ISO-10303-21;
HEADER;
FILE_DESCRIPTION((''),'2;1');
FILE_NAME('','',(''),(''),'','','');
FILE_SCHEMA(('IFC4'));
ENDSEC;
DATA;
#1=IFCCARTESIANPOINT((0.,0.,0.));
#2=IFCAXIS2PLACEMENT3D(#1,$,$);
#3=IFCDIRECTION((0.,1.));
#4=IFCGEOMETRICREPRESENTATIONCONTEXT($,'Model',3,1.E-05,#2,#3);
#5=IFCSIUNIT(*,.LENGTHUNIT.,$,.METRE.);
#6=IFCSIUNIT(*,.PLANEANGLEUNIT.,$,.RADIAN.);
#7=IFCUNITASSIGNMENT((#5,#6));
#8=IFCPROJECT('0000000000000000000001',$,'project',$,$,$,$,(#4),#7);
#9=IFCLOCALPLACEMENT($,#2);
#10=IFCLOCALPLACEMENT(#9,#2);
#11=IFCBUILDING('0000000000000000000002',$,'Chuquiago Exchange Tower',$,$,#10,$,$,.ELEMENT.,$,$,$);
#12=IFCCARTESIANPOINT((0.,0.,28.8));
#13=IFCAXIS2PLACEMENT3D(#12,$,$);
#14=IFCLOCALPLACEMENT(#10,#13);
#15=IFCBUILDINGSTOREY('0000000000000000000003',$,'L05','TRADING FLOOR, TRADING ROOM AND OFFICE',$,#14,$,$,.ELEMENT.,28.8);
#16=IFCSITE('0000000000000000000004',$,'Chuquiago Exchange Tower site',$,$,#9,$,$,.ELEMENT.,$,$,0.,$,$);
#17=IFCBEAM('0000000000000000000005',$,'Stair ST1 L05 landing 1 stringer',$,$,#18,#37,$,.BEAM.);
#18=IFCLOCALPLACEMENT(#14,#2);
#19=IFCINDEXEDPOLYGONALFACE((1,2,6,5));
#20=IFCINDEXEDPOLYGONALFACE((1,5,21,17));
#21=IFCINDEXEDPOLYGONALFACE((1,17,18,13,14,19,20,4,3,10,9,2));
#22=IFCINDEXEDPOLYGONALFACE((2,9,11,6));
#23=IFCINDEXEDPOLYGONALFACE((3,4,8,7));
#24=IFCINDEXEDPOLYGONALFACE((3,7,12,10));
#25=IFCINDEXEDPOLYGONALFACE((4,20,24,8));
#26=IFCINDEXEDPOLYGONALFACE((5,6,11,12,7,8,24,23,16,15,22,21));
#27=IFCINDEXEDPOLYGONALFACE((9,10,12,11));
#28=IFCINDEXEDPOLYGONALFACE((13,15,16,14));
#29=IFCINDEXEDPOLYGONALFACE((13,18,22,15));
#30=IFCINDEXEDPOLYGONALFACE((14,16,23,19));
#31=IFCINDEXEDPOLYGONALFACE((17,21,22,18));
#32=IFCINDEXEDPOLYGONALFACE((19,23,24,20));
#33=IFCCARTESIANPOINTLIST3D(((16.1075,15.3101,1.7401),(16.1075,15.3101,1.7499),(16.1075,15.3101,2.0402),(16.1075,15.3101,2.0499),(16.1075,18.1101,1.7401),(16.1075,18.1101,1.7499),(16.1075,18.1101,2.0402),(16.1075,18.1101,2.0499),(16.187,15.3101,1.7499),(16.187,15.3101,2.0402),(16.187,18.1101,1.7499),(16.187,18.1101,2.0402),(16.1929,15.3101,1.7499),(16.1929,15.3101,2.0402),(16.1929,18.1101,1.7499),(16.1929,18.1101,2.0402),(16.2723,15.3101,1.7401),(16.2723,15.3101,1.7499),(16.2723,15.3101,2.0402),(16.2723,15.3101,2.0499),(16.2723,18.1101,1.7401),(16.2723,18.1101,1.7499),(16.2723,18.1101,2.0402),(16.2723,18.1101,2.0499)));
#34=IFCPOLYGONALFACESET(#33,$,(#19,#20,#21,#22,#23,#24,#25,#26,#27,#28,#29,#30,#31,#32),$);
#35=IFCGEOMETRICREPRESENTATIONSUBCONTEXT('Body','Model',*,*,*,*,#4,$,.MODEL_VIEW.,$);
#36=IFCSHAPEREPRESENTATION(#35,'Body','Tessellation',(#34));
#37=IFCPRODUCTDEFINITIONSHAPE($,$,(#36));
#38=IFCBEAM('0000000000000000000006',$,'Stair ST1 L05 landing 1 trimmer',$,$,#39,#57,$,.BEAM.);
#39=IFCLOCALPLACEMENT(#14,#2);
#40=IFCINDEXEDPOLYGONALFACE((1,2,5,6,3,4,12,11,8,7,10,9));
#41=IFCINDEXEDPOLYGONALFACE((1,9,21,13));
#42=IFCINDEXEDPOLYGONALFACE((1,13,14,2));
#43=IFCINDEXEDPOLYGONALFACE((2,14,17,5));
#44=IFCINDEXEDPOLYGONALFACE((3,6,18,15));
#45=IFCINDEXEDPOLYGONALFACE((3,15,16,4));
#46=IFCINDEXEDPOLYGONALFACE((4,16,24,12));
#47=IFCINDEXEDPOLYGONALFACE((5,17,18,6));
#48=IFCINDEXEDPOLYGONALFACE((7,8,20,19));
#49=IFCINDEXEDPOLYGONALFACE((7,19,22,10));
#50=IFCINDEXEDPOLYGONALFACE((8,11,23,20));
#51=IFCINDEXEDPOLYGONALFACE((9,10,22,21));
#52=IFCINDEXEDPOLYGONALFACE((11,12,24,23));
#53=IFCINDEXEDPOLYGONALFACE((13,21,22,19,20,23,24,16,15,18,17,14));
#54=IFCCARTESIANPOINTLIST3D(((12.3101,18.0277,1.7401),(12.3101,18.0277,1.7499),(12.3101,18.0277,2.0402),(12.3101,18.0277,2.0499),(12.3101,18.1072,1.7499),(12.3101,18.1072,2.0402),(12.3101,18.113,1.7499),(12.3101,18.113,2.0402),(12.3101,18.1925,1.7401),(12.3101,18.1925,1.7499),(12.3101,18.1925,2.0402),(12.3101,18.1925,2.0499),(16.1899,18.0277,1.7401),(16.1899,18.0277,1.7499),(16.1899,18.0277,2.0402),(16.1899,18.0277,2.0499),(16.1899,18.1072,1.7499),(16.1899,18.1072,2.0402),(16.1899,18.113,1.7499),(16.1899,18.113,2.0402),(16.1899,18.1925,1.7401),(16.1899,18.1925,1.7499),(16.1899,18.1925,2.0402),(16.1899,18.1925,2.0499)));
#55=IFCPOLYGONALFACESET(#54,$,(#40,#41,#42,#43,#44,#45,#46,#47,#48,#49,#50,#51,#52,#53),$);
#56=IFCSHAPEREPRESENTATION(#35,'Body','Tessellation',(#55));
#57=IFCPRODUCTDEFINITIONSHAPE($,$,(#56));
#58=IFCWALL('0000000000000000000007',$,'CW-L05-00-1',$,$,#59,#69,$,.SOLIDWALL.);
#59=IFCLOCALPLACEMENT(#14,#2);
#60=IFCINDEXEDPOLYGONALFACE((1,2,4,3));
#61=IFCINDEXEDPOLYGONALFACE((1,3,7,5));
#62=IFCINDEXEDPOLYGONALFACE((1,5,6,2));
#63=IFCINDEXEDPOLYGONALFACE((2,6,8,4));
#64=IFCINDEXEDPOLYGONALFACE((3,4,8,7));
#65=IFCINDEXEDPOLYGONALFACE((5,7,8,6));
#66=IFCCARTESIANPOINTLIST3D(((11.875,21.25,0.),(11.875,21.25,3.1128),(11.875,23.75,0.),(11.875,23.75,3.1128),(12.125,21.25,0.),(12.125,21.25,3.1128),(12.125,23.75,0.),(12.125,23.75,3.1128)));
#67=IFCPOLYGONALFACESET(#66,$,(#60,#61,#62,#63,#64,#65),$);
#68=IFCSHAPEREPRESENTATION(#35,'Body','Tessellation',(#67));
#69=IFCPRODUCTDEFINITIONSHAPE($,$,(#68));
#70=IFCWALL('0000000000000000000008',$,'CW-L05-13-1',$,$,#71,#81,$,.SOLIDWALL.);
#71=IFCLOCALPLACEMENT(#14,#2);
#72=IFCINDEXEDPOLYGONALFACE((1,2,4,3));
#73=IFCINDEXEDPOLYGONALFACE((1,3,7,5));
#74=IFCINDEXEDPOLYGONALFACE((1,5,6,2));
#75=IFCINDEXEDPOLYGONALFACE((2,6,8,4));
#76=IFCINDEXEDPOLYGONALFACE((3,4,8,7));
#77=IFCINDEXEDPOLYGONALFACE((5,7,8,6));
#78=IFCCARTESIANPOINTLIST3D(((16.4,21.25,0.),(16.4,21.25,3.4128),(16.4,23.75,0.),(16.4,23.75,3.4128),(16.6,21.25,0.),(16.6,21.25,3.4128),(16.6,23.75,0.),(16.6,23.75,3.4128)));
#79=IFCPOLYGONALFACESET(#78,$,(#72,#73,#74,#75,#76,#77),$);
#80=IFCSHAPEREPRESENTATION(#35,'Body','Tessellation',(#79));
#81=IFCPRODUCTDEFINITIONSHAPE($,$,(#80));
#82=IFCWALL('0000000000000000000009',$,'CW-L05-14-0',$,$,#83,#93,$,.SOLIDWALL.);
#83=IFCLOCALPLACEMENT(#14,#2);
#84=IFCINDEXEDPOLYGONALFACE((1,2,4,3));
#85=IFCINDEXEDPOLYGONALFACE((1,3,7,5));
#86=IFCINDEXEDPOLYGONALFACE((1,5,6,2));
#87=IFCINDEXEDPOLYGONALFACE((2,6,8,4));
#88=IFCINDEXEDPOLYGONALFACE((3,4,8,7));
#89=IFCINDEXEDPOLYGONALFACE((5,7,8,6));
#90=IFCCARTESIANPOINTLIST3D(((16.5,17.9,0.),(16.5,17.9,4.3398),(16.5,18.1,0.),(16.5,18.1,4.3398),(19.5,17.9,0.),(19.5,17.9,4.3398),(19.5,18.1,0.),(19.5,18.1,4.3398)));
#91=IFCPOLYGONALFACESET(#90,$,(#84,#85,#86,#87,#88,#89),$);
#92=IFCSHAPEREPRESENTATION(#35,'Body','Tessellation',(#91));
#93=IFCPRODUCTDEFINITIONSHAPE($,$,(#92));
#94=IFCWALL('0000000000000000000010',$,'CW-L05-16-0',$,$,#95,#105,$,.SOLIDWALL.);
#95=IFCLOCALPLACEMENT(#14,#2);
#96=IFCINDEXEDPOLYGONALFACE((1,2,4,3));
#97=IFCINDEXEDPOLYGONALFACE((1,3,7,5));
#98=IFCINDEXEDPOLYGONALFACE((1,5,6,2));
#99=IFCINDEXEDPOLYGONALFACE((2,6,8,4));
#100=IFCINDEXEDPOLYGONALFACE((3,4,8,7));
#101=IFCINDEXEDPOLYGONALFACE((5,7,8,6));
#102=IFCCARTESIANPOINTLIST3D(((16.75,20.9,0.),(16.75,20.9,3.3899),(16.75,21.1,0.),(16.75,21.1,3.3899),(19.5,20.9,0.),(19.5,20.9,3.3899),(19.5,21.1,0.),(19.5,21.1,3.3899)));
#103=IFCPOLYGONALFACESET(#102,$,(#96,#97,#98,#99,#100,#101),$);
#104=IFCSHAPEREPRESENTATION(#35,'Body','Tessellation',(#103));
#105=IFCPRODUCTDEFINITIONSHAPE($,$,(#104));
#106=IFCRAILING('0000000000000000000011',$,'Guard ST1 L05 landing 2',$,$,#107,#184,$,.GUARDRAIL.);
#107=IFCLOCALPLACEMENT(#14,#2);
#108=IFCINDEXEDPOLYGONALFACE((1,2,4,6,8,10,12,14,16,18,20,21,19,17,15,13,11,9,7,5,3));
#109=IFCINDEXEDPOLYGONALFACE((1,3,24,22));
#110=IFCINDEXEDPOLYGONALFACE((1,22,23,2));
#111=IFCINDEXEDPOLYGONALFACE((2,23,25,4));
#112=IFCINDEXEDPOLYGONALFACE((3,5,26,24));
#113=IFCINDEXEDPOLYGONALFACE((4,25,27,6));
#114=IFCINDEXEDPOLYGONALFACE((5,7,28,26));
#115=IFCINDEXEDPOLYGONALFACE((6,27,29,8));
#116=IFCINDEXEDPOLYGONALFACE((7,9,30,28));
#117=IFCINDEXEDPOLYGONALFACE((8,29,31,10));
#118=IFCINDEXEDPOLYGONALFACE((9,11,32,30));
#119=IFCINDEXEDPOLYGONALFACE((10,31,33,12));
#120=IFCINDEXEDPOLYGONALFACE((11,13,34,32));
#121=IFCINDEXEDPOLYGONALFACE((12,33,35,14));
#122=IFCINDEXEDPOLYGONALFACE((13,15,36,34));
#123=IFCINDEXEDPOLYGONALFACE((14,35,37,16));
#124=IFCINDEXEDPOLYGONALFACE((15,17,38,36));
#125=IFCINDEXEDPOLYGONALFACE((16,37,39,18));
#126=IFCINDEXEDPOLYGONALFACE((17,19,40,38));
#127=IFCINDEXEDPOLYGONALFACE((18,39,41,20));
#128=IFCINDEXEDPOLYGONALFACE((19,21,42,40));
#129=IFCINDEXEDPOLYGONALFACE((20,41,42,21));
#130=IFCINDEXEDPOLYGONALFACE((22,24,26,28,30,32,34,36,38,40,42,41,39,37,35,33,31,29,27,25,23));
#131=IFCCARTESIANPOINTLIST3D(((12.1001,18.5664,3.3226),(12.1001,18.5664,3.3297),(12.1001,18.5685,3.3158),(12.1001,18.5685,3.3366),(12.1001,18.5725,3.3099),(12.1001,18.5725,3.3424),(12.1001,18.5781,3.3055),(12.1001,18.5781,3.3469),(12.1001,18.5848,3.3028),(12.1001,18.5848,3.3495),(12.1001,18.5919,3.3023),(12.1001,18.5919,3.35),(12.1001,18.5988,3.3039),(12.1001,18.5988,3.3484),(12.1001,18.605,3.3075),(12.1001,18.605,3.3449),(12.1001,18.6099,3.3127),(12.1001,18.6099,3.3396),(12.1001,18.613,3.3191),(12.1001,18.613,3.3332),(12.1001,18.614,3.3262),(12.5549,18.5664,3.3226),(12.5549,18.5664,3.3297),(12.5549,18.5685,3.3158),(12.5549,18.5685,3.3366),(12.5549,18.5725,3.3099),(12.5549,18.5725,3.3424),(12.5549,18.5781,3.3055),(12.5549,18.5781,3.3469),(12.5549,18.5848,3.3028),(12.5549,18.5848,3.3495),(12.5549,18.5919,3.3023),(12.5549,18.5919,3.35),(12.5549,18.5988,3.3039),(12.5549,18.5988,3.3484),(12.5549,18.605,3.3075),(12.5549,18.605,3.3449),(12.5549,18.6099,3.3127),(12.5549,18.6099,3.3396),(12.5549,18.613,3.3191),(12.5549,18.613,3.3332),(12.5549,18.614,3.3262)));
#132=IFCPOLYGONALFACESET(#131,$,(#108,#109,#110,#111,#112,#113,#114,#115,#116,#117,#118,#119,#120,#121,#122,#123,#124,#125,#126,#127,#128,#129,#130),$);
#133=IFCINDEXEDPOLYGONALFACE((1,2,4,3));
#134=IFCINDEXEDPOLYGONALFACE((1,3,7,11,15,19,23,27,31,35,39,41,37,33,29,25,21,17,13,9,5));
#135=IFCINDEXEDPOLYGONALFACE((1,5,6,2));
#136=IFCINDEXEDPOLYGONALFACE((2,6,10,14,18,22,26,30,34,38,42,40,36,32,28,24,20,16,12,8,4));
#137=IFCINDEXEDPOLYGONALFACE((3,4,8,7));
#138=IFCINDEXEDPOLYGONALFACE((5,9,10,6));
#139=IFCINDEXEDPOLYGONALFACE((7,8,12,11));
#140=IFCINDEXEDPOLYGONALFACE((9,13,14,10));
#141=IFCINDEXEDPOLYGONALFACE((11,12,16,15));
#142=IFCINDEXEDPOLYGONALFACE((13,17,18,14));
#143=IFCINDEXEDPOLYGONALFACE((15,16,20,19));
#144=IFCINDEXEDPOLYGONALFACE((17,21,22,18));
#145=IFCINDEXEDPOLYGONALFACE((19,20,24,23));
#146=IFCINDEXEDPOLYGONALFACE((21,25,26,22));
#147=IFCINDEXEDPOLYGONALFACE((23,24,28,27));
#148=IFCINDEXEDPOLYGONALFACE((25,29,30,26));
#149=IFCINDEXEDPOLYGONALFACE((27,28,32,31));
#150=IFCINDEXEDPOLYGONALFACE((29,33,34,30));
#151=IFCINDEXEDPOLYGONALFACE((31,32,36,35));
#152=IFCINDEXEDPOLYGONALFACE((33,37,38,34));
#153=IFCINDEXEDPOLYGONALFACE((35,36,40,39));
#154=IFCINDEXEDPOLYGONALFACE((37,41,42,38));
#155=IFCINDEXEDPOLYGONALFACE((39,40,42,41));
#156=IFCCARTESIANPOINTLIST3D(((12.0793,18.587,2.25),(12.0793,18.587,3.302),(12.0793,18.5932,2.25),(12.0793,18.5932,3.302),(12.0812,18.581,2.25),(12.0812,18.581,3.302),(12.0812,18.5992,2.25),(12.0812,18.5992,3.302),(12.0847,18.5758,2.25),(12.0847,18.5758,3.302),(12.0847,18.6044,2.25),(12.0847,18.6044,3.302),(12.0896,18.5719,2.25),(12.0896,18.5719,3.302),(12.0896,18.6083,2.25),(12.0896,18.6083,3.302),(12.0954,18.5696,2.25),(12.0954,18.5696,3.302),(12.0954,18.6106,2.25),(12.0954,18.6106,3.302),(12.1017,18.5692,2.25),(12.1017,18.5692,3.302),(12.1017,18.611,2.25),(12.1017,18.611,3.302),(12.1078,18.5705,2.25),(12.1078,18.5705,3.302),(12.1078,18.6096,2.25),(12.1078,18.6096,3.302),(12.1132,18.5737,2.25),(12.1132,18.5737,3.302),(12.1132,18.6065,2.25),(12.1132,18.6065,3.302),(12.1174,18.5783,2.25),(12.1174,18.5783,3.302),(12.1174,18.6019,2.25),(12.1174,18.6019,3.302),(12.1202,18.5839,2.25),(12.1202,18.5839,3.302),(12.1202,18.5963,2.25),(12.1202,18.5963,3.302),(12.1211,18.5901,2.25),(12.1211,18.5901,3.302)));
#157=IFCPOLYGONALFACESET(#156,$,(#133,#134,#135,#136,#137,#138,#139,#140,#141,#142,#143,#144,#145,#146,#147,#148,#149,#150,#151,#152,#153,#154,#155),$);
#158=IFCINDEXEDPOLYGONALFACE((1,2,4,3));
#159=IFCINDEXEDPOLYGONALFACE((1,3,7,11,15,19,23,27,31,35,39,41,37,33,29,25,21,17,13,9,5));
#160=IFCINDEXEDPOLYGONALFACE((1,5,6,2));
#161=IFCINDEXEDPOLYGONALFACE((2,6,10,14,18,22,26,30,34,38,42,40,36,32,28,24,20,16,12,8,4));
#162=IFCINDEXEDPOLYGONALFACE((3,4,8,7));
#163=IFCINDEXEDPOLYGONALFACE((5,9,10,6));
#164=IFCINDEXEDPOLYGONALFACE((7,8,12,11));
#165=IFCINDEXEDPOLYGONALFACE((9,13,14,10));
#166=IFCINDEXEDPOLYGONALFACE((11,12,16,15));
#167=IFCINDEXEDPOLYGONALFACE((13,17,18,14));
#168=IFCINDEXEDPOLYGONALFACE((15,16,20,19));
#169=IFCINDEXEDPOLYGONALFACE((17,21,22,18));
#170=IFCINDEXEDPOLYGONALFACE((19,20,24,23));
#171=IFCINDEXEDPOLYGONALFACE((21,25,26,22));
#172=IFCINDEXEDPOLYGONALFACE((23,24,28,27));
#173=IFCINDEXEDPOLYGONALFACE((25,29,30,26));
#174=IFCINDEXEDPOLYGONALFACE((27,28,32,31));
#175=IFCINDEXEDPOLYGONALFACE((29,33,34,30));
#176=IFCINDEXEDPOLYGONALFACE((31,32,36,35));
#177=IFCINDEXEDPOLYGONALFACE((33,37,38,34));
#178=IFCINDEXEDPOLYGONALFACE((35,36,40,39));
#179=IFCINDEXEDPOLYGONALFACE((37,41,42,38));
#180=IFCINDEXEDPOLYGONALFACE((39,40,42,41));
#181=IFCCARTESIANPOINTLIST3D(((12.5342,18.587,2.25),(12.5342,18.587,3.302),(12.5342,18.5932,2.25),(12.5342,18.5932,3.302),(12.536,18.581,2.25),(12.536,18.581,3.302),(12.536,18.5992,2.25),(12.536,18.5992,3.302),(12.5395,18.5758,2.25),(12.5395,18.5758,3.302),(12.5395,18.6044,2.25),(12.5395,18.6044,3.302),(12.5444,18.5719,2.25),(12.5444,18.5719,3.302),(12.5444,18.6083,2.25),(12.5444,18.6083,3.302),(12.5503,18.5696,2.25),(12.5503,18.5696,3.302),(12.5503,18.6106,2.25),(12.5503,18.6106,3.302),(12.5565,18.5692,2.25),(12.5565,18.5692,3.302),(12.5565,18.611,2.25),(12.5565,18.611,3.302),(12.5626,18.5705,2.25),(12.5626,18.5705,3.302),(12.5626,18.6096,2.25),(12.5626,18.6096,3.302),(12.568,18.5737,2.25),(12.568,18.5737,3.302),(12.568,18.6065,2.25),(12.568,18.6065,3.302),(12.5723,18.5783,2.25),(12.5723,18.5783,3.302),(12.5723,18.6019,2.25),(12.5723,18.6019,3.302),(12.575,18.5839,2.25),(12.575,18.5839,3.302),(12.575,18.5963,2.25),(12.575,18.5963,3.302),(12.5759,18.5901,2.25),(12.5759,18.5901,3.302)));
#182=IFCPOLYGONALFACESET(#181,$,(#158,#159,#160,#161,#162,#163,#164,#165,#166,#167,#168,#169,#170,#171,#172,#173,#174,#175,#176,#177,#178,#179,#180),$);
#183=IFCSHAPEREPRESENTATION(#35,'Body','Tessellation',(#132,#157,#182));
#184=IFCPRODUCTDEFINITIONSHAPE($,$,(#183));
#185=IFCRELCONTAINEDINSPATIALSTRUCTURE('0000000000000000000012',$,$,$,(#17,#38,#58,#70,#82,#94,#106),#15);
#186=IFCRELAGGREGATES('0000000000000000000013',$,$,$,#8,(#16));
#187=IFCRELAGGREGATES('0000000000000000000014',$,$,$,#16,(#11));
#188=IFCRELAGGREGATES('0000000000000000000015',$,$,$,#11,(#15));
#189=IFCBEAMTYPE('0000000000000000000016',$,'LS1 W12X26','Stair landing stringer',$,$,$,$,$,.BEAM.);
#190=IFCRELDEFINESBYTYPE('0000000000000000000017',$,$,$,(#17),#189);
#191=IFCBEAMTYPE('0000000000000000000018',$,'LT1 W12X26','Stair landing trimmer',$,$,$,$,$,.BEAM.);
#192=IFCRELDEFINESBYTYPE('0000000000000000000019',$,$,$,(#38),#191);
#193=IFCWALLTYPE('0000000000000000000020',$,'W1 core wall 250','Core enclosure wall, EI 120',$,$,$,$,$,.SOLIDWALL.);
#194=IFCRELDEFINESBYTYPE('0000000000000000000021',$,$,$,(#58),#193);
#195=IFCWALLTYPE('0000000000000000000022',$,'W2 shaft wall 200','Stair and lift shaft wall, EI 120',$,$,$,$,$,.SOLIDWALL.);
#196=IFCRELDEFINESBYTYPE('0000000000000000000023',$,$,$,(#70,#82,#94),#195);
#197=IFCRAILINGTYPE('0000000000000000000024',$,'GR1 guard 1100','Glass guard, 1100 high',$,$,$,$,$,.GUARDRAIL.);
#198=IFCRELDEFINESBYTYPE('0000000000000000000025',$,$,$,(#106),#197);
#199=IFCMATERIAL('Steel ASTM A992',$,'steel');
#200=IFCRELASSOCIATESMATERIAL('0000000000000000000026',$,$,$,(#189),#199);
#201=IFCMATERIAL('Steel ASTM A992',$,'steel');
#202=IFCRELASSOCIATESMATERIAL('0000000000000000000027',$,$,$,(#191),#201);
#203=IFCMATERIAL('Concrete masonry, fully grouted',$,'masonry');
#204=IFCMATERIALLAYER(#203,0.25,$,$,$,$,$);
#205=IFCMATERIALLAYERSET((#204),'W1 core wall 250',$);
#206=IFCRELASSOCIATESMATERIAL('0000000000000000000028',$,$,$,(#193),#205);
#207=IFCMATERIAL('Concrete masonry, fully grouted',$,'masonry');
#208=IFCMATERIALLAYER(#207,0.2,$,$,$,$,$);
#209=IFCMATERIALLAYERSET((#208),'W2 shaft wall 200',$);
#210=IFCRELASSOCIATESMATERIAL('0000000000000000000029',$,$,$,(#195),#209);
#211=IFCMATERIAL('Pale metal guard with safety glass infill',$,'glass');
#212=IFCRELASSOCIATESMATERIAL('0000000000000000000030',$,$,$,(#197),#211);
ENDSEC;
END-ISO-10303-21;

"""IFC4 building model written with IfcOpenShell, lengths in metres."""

from ifc_helpers import new_model, si_unit, direction, frame, frame_2d, origin, origin_2d, place, context, subcontext, project, spatial, rectangle, circle, i_section, extrude, material, layer, layer_set, material_profile, profile_set, type_object, element, save


model = new_model("IFC4")

# Units and contexts
model_context = context("Model", 3, precision=1e-05, world=origin(), true_north=direction((0.0, 1.0)))
body_context = subcontext(model_context, "Body", "Model", "MODEL_VIEW")
ifc_project = project(units=[si_unit("LENGTHUNIT", "METRE"), si_unit("PLANEANGLEUNIT", "RADIAN")], contexts=[model_context])

# Site, building, storey
site_placement = place(None, origin())
site = spatial("IfcSite", under=ifc_project, at=site_placement, Name="Chuquiago Exchange Tower site", CompositionType="ELEMENT", RefElevation=0.0)
building_placement = place(site_placement, origin())
building = spatial("IfcBuilding", under=site, at=building_placement, Name="Chuquiago Exchange Tower", CompositionType="ELEMENT")
storey_placement = place(building_placement, frame((0.0, 0.0, 28.8)))
storey = spatial("IfcBuildingStorey", under=building, at=storey_placement, Name="L05", Description="TRADING FLOOR, TRADING ROOM AND OFFICE", CompositionType="ELEMENT", Elevation=28.8)

# Beams
ifc_material_1 = material(Name="Steel ASTM A992", Category="steel")
ifc_material_profile_1 = material_profile(ifc_material_1, i_section(OverallWidth=0.1648, OverallDepth=0.3098, WebThickness=0.0059, FlangeThickness=0.0098, at=origin_2d()), Name="W12X26")
ifc_profile_set_1 = profile_set([ifc_material_profile_1], Name="Steel ASTM A992")
beam_type_1 = type_object("IfcBeamType", Name="LS1 W12X26", Description="Stair landing stringer", PredefinedType="BEAM", material=ifc_profile_set_1)
for number, where, z_axis, x_axis, name in (
    (1, (16.1899, 15.3101, 1.895), (0.0, 1.0, 0.0), (-1.0, 0.0, 0.0), "Stair ST1 L05 landing 1 stringer"),
):
    element("IfcBeam", number, at=place(storey_placement, frame(where, z_axis=z_axis, x_axis=x_axis)), inside=storey, type_object=beam_type_1, Name=name, PredefinedType="BEAM", context=body_context, shape_type="SweptSolid", body=[
        extrude(i_section(OverallWidth=0.1648, OverallDepth=0.3098, WebThickness=0.0059, FlangeThickness=0.0098, at=origin_2d()), origin(), (0.0, 0.0, 1.0), 2.8),
    ])
ifc_material_2 = material(Name="Steel ASTM A992", Category="steel")
ifc_material_profile_2 = material_profile(ifc_material_2, i_section(OverallWidth=0.1648, OverallDepth=0.3098, WebThickness=0.0059, FlangeThickness=0.0098, at=origin_2d()), Name="W12X26")
ifc_profile_set_2 = profile_set([ifc_material_profile_2], Name="Steel ASTM A992")
beam_type_2 = type_object("IfcBeamType", Name="LT1 W12X26", Description="Stair landing trimmer", PredefinedType="BEAM", material=ifc_profile_set_2)
beam_1_placement = place(storey_placement, frame((12.3101, 18.1101, 1.895), z_axis=(1.0, 0.0, 0.0), x_axis=(0.0, 1.0, 0.0)))
element("IfcBeam", 2, at=beam_1_placement, inside=storey, type_object=beam_type_2, Name="Stair ST1 L05 landing 1 trimmer", PredefinedType="BEAM", context=body_context, shape_type="SweptSolid", body=[
    extrude(i_section(OverallWidth=0.1648, OverallDepth=0.3098, WebThickness=0.0059, FlangeThickness=0.0098, at=origin_2d()), origin(), (0.0, 0.0, 1.0), 3.8799),
])

# Walls
ifc_material_3 = material(Name="Concrete masonry, fully grouted", Category="masonry")
ifc_layer_1 = layer(ifc_material_3, 0.25)
ifc_layer_set_1 = layer_set([ifc_layer_1], Name="W1 core wall 250")
wall_type_1 = type_object("IfcWallType", Name="W1 core wall 250", Description="Core enclosure wall, EI 120", PredefinedType="SOLIDWALL", material=ifc_layer_set_1)
wall_1_placement = place(storey_placement, frame((12.0, 21.25, 0.0), z_axis=(0.0, 0.0, 1.0), x_axis=(0.0, 1.0, 0.0)))
element("IfcWall", 3, at=wall_1_placement, inside=storey, type_object=wall_type_1, Name="CW-L05-00-1", PredefinedType="SOLIDWALL", context=body_context, shape_type="SweptSolid", body=[
    extrude(rectangle(XDim=2.5, YDim=0.25, at=frame_2d((1.25, 0.0))), origin(), (0.0, 0.0, 1.0), 3.1128),
])
ifc_material_4 = material(Name="Concrete masonry, fully grouted", Category="masonry")
ifc_layer_2 = layer(ifc_material_4, 0.2)
ifc_layer_set_2 = layer_set([ifc_layer_2], Name="W2 shaft wall 200")
wall_type_2 = type_object("IfcWallType", Name="W2 shaft wall 200", Description="Stair and lift shaft wall, EI 120", PredefinedType="SOLIDWALL", material=ifc_layer_set_2)
wall_2_placement = place(storey_placement, frame((16.5, 21.25, 0.0), z_axis=(0.0, 0.0, 1.0), x_axis=(0.0, 1.0, 0.0)))
element("IfcWall", 4, at=wall_2_placement, inside=storey, type_object=wall_type_2, Name="CW-L05-13-1", PredefinedType="SOLIDWALL", context=body_context, shape_type="SweptSolid", body=[
    extrude(rectangle(XDim=2.5, YDim=0.2, at=frame_2d((1.25, 0.0))), origin(), (0.0, 0.0, 1.0), 3.4128),
])
wall_3_placement = place(storey_placement, frame((16.5, 18.0, 0.0), z_axis=(0.0, 0.0, 1.0), x_axis=(1.0, 0.0, 0.0)))
element("IfcWall", 5, at=wall_3_placement, inside=storey, type_object=wall_type_2, Name="CW-L05-14-0", PredefinedType="SOLIDWALL", context=body_context, shape_type="SweptSolid", body=[
    extrude(rectangle(XDim=3.0, YDim=0.2, at=frame_2d((1.5, 0.0))), origin(), (0.0, 0.0, 1.0), 4.3398),
])
wall_4_placement = place(storey_placement, frame((16.75, 21.0, 0.0), z_axis=(0.0, 0.0, 1.0), x_axis=(1.0, 0.0, 0.0)))
element("IfcWall", 6, at=wall_4_placement, inside=storey, type_object=wall_type_2, Name="CW-L05-16-0", PredefinedType="SOLIDWALL", context=body_context, shape_type="SweptSolid", body=[
    extrude(rectangle(XDim=2.75, YDim=0.2, at=frame_2d((1.375, 0.0))), origin(), (0.0, 0.0, 1.0), 3.3899),
])

# Railing
ifc_material_5 = material(Name="Pale metal guard with safety glass infill", Category="glass")
railing_type_1 = type_object("IfcRailingType", Name="GR1 guard 1100", Description="Glass guard, 1100 high", PredefinedType="GUARDRAIL", material=ifc_material_5)
for number, where, name in (
    (7, (12.1001, 18.5901, 2.25), "Guard ST1 L05 landing 2"),
):
    element("IfcRailing", number, at=place(storey_placement, frame(where)), inside=storey, type_object=railing_type_1, Name=name, PredefinedType="GUARDRAIL", context=body_context, shape_type="SweptSolid", body=[
        extrude(circle(Radius=0.0239, at=origin_2d()), frame((0.0, 0.0, 1.0762), z_axis=(1.0, 0.0, 0.0), x_axis=(0.0, 1.0, 0.0)), (0.0, 0.0, 1.0), 0.4548),
        extrude(circle(Radius=0.021, at=origin_2d()), origin(), (0.0, 0.0, 1.0), 1.052),
        extrude(circle(Radius=0.021, at=origin_2d()), frame((0.4548, 0.0, 0.0)), (0.0, 0.0, 1.0), 1.052),
    ])

save(model, "model.ifc")
